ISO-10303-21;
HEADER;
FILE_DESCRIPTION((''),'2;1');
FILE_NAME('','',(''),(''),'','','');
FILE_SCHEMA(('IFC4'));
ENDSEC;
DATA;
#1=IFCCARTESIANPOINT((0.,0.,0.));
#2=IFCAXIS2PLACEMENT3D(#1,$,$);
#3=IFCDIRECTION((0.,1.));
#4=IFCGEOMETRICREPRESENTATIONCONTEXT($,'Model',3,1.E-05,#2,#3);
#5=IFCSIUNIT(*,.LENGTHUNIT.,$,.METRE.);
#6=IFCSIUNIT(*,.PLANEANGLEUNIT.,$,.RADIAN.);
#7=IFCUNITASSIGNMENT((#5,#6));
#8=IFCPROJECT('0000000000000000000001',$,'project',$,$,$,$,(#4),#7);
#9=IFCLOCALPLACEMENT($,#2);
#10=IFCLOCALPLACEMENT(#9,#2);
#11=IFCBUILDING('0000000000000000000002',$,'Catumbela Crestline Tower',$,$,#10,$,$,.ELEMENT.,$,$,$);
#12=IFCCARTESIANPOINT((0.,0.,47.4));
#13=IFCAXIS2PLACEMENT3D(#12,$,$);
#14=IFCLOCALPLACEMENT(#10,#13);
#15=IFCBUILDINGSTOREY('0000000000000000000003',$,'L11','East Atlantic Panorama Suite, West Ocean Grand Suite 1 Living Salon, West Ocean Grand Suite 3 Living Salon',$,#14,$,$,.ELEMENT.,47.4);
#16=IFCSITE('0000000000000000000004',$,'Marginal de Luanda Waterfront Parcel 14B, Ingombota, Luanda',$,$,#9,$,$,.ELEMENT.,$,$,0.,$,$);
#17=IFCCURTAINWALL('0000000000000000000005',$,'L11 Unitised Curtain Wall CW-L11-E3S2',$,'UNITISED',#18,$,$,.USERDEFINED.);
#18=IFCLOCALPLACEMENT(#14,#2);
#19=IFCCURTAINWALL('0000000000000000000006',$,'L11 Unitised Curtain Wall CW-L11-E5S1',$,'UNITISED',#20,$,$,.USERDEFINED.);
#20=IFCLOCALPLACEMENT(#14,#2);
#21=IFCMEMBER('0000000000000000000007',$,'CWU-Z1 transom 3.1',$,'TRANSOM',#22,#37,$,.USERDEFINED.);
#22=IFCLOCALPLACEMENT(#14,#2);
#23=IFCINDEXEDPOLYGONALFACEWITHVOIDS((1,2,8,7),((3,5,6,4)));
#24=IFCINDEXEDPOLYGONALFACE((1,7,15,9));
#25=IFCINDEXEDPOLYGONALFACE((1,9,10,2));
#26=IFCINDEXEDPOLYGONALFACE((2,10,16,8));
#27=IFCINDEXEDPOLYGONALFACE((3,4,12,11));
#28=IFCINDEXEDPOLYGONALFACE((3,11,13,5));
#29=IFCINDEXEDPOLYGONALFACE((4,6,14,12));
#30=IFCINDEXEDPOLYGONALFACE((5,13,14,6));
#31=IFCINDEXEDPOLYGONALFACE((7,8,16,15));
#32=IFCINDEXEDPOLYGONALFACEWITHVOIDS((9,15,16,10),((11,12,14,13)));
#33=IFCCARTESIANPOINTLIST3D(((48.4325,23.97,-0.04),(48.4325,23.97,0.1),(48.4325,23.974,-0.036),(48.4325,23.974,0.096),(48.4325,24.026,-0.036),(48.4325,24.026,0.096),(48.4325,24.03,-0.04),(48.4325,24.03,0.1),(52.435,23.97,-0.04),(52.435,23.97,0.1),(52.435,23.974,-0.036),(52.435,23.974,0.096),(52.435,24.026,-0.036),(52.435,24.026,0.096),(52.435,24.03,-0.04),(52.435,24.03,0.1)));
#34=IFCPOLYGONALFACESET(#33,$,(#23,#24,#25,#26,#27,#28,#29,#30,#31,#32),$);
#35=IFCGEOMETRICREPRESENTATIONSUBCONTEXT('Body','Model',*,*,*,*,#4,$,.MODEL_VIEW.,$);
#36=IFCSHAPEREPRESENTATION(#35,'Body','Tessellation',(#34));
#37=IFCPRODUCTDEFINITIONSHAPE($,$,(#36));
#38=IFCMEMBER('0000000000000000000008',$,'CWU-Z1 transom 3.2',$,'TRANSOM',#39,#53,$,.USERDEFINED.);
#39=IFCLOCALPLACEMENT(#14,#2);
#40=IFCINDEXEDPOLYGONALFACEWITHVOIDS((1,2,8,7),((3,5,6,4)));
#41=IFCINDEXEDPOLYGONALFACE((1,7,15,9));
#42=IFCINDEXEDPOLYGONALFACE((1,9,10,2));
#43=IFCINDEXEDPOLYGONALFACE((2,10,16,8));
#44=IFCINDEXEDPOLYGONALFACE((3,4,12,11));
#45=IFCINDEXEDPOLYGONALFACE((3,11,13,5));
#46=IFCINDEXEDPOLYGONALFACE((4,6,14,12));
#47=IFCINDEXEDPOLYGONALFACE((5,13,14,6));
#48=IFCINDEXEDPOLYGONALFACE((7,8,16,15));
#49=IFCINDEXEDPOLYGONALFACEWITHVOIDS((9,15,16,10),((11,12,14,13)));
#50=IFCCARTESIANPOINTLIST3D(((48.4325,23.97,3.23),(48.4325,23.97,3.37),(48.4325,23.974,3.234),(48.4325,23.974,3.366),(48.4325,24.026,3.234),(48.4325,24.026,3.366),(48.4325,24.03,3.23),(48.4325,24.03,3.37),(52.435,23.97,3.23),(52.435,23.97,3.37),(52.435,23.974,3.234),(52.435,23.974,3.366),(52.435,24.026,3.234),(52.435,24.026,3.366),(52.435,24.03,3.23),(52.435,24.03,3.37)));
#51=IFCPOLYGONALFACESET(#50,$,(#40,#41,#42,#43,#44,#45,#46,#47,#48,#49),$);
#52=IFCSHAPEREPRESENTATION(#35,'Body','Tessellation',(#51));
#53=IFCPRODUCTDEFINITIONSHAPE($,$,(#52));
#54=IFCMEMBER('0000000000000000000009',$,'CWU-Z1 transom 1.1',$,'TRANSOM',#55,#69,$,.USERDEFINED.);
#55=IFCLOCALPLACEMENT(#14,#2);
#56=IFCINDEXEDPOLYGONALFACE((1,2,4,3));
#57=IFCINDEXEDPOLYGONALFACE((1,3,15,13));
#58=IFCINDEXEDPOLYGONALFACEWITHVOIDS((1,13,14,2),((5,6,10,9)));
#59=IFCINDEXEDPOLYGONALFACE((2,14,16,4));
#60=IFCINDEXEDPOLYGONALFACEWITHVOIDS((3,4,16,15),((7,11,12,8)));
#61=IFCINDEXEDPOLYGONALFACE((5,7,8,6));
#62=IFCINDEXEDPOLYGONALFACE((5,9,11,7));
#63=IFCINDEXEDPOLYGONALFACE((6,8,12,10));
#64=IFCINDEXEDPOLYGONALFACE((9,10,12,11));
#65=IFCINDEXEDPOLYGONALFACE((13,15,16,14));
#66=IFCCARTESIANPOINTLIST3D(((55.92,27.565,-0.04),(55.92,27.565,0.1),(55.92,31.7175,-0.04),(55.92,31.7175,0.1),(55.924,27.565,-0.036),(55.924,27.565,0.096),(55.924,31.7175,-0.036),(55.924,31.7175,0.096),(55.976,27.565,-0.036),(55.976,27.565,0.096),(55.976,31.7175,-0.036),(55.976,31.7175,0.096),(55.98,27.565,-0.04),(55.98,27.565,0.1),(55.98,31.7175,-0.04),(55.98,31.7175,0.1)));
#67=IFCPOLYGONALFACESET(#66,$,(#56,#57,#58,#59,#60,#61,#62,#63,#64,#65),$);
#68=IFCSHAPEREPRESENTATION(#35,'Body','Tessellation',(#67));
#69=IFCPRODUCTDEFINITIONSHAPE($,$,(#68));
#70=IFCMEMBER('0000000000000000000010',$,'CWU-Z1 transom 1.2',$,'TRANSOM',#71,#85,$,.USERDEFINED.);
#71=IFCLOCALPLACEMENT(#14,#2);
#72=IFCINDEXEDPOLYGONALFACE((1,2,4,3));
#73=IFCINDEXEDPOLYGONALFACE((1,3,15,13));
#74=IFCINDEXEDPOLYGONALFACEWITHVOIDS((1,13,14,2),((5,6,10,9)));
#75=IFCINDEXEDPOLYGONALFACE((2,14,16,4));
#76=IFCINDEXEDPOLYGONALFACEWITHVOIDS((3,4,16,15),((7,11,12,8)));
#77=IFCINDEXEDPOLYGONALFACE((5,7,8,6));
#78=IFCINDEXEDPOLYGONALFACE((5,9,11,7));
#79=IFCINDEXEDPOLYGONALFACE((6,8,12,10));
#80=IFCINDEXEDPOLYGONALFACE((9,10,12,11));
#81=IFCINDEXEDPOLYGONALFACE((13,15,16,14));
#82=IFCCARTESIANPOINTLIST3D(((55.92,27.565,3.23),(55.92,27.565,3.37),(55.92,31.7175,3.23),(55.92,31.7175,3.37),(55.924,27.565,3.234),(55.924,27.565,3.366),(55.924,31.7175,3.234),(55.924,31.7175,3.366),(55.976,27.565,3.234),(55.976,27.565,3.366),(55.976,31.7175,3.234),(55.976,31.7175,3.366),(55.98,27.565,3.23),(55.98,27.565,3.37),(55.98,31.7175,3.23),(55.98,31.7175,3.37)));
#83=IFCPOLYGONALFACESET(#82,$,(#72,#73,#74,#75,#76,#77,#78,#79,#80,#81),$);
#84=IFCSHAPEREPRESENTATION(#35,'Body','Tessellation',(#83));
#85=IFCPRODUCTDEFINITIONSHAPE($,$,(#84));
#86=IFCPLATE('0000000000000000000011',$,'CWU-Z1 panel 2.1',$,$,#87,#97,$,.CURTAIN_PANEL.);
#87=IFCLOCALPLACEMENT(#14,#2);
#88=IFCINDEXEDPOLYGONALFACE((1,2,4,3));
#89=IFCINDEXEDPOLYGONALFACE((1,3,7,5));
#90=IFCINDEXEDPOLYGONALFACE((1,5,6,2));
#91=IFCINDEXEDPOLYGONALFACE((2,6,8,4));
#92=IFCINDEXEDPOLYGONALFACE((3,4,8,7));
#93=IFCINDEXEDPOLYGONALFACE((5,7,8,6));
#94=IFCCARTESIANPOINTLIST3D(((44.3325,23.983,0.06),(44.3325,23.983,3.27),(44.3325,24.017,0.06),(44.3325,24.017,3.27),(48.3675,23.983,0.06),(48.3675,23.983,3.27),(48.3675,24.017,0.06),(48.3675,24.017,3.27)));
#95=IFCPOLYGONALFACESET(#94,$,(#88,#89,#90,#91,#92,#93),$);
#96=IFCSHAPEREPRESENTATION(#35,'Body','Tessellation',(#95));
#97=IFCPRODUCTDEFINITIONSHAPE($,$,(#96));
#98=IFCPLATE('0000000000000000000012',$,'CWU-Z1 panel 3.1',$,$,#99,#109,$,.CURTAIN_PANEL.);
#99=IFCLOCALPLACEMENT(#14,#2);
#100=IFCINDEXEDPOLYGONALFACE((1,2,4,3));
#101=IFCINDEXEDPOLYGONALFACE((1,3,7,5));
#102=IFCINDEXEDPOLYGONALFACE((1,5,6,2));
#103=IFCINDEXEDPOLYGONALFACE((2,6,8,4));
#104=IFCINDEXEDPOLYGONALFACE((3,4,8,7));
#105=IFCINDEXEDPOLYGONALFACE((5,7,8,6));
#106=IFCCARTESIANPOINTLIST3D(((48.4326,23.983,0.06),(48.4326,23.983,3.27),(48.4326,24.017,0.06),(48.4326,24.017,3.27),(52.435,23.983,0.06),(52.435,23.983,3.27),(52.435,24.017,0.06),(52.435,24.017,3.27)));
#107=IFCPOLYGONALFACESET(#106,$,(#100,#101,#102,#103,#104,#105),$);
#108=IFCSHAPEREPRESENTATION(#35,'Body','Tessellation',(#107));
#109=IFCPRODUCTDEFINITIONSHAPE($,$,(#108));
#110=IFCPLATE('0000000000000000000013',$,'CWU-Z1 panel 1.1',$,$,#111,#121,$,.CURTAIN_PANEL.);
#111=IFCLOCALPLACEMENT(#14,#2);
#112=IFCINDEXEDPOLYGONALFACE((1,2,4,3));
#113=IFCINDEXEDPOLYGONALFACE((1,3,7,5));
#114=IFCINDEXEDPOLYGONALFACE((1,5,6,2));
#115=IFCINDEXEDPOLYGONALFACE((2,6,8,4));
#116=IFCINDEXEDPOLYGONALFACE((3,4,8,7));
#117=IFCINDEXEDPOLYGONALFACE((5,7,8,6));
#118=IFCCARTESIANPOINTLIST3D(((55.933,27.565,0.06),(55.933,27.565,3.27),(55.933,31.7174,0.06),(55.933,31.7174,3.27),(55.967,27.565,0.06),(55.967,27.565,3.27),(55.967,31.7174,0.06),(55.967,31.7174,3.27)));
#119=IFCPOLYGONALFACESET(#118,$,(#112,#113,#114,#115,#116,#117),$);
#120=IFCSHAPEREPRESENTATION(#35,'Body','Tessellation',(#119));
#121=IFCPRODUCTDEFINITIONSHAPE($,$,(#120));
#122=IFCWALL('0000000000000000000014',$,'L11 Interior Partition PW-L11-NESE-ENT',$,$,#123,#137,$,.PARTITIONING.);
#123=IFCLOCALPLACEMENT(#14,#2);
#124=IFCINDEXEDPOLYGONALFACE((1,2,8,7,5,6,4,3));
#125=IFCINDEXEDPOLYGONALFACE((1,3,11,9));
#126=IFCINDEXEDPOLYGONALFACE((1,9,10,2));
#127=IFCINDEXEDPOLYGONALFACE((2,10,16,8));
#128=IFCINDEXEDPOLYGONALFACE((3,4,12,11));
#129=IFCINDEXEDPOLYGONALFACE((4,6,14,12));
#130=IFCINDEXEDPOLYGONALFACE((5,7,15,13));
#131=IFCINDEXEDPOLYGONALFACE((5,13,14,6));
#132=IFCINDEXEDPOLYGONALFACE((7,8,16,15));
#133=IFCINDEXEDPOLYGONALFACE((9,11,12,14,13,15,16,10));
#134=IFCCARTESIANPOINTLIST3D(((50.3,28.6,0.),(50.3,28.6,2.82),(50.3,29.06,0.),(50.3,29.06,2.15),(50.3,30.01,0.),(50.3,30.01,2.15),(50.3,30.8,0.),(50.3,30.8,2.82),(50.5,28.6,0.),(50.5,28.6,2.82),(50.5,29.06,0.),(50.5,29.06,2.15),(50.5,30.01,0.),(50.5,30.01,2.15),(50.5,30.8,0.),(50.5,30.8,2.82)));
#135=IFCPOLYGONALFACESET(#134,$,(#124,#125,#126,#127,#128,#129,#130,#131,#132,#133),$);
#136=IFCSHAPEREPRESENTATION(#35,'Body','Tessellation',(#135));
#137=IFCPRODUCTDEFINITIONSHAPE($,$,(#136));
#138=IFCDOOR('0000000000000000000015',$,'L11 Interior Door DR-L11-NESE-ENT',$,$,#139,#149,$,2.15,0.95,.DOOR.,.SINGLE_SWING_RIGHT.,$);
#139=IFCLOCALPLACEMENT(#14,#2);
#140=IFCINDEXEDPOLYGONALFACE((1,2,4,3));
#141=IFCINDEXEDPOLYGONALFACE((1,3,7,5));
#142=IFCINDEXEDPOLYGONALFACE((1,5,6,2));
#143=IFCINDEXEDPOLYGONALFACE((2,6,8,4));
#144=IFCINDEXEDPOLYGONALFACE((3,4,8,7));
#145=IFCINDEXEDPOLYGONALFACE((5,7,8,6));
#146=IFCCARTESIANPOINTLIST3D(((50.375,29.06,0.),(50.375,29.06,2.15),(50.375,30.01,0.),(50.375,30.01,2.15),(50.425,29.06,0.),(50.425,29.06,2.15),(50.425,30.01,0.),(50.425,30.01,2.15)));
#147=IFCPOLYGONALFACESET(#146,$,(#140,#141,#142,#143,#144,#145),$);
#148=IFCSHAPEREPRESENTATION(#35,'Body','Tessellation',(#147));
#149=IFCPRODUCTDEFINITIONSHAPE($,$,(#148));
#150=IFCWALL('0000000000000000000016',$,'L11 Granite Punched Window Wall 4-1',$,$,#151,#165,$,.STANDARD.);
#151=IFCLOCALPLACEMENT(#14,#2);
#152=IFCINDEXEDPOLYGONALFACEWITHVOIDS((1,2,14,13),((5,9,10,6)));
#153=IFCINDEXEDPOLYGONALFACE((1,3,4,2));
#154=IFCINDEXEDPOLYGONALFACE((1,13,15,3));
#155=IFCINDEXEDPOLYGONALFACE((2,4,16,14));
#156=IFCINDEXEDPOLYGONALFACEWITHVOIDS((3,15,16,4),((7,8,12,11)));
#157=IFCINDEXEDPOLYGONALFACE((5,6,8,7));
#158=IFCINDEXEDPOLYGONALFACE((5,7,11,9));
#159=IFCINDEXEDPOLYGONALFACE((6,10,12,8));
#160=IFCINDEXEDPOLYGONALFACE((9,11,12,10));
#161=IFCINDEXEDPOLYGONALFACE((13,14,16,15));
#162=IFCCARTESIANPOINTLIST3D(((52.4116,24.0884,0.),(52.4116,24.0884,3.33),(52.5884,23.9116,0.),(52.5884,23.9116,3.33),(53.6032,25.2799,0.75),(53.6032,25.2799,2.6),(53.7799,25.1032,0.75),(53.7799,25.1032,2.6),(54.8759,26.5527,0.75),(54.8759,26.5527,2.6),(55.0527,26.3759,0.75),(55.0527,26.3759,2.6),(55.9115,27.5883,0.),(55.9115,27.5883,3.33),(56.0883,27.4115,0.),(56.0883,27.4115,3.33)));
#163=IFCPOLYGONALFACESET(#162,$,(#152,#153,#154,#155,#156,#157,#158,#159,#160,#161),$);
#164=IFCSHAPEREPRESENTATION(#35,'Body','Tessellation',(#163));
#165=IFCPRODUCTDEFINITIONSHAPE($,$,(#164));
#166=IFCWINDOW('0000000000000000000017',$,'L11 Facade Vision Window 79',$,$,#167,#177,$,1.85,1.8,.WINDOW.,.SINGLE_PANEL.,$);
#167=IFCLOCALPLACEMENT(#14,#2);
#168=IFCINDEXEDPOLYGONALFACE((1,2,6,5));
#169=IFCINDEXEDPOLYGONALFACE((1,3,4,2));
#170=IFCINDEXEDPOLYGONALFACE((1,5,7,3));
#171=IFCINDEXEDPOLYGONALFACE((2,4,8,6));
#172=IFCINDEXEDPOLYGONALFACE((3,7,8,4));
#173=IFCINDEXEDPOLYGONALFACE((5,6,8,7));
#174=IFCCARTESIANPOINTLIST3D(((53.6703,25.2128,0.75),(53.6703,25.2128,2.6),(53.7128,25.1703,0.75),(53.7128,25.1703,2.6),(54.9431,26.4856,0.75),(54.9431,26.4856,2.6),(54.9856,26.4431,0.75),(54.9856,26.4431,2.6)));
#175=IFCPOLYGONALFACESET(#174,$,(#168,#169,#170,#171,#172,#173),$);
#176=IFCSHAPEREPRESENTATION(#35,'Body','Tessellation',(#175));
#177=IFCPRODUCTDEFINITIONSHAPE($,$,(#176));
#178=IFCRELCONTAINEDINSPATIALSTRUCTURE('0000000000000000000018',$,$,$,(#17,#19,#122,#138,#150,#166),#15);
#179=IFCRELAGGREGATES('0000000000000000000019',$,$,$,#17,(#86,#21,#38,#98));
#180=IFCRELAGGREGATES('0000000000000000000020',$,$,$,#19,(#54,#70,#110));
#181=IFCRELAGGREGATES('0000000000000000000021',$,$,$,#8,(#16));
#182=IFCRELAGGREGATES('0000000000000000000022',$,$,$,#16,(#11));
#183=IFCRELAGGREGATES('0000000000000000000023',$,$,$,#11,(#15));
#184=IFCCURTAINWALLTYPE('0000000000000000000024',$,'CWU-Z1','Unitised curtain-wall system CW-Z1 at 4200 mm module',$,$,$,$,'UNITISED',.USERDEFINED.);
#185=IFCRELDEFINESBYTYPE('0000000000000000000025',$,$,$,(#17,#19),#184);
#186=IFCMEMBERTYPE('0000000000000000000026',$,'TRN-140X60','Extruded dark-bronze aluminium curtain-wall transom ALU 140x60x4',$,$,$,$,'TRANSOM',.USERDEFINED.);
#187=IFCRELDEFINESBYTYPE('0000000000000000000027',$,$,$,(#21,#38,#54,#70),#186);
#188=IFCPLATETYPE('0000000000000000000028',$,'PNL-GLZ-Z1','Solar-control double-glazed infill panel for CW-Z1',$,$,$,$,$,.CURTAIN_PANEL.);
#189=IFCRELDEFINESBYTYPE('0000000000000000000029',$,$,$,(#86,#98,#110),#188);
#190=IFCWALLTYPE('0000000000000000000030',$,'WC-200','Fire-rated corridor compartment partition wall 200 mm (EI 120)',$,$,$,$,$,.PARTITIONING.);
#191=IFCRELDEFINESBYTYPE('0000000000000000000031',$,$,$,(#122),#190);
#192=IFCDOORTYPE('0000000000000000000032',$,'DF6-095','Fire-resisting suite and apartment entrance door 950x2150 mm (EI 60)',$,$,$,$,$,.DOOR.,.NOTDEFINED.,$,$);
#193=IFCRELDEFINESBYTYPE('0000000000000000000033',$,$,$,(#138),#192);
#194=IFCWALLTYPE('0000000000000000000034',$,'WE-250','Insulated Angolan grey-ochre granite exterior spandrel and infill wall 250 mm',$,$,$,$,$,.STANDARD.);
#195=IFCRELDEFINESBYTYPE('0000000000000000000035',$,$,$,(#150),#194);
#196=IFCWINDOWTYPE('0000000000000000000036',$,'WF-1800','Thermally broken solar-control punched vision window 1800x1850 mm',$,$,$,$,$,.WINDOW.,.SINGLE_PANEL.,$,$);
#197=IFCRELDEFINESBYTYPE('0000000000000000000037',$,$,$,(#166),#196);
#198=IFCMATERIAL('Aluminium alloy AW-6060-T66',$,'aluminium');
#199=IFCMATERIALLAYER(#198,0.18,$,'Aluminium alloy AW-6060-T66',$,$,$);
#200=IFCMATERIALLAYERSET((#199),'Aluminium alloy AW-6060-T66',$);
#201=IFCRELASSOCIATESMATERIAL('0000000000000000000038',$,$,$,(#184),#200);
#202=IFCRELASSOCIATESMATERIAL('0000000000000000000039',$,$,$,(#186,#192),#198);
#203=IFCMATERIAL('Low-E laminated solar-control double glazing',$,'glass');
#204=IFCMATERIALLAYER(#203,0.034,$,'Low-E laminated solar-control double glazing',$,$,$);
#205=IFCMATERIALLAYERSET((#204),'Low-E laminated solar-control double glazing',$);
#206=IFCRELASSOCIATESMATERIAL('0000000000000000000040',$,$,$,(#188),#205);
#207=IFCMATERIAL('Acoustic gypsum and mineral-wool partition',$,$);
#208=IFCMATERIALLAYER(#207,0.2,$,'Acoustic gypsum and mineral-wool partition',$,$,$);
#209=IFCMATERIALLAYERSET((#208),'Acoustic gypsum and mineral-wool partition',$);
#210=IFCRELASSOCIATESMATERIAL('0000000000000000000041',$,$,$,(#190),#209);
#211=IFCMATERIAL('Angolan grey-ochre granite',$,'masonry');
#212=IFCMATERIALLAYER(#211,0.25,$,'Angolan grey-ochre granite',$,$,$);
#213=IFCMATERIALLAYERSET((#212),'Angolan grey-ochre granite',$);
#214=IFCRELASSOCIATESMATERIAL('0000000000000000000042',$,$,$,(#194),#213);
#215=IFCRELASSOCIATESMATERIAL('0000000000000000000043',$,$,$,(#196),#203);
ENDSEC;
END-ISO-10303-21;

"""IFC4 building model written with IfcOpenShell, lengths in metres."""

from ifc_helpers import new_model, si_unit, direction, frame, frame_2d, origin, origin_2d, place, context, subcontext, project, spatial, rectangle, hollow_rectangle, extrude, material, layer, layer_set, material_profile, profile_set, type_object, element, fill, aggregate, save


model = new_model("IFC4")

# Units and contexts
model_context = context("Model", 3, precision=1e-05, world=origin(), true_north=direction((0.0, 1.0)))
body_context = subcontext(model_context, "Body", "Model", "MODEL_VIEW")
ifc_project = project(units=[si_unit("LENGTHUNIT", "METRE"), si_unit("PLANEANGLEUNIT", "RADIAN")], contexts=[model_context])

# Site, building, storey
site_placement = place(None, origin())
site = spatial("IfcSite", under=ifc_project, at=site_placement, Name="Marginal de Luanda Waterfront Parcel 14B, Ingombota, Luanda", CompositionType="ELEMENT", RefElevation=0.0)
building_placement = place(site_placement, origin())
building = spatial("IfcBuilding", under=site, at=building_placement, Name="Catumbela Crestline Tower", CompositionType="ELEMENT")
storey_placement = place(building_placement, frame((0.0, 0.0, 47.4)))
storey = spatial("IfcBuildingStorey", under=building, at=storey_placement, Name="L11", Description="East Atlantic Panorama Suite, West Ocean Grand Suite 1 Living Salon, West Ocean Grand Suite 3 Living Salon", CompositionType="ELEMENT", Elevation=47.4)

# Curtain wall
ifc_material_1 = material(Name="Aluminium alloy AW-6060-T66", Category="aluminium")
ifc_layer_1 = layer(ifc_material_1, 0.18, Name="Aluminium alloy AW-6060-T66")
ifc_layer_set_1 = layer_set([ifc_layer_1], Name="Aluminium alloy AW-6060-T66")
curtain_wall_type = type_object("IfcCurtainWallType", Name="CWU-Z1", Description="Unitised curtain-wall system CW-Z1 at 4200 mm module", ElementType="UNITISED", PredefinedType="USERDEFINED", material=ifc_layer_set_1)
curtain_wall_1_placement = place(storey_placement, origin())
curtain_wall_1 = element("IfcCurtainWall", 1, at=curtain_wall_1_placement, inside=storey, type_object=curtain_wall_type, Name="L11 Unitised Curtain Wall CW-L11-E3S2", ObjectType="UNITISED", PredefinedType="USERDEFINED")

# Curtain wall
curtain_wall_2_placement = place(storey_placement, origin())
curtain_wall_2 = element("IfcCurtainWall", 2, at=curtain_wall_2_placement, inside=storey, type_object=curtain_wall_type, Name="L11 Unitised Curtain Wall CW-L11-E5S1", ObjectType="UNITISED", PredefinedType="USERDEFINED")

# Members
ifc_material_profile_1 = material_profile(ifc_material_1, hollow_rectangle(XDim=0.06, YDim=0.14, WallThickness=0.004, at=origin_2d()), Name="ALU 140x60x4")
ifc_profile_set_1 = profile_set([ifc_material_profile_1], Name="Aluminium alloy AW-6060-T66")
member_type_1 = type_object("IfcMemberType", Name="TRN-140X60", Description="Extruded dark-bronze aluminium curtain-wall transom ALU 140x60x4", ElementType="TRANSOM", PredefinedType="USERDEFINED", material=ifc_profile_set_1)
member_1_placement = place(storey_placement, frame((48.4325, 24.0, 0.03), z_axis=(1.0, 0.0, 0.0), x_axis=(0.0, 1.0, 0.0)))
member_1 = element("IfcMember", 3, at=member_1_placement, type_object=member_type_1, Name="CWU-Z1 transom 3.1", ObjectType="TRANSOM", PredefinedType="USERDEFINED", context=body_context, shape_type="SweptSolid", body=[
    extrude(hollow_rectangle(XDim=0.06, YDim=0.14, WallThickness=0.004, at=origin_2d()), origin(), (0.0, 0.0, 1.0), 4.0025),
])
member_2_placement = place(storey_placement, frame((48.4325, 24.0, 3.3), z_axis=(1.0, 0.0, 0.0), x_axis=(0.0, 1.0, 0.0)))
member_2 = element("IfcMember", 4, at=member_2_placement, type_object=member_type_1, Name="CWU-Z1 transom 3.2", ObjectType="TRANSOM", PredefinedType="USERDEFINED", context=body_context, shape_type="SweptSolid", body=[
    extrude(hollow_rectangle(XDim=0.06, YDim=0.14, WallThickness=0.004, at=origin_2d()), origin(), (0.0, 0.0, 1.0), 4.0025),
])
member_3_placement = place(storey_placement, frame((55.95, 27.565, 0.03), z_axis=(0.0, 1.0, 0.0), x_axis=(-1.0, 0.0, 0.0)))
member_3 = element("IfcMember", 5, at=member_3_placement, type_object=member_type_1, Name="CWU-Z1 transom 1.1", ObjectType="TRANSOM", PredefinedType="USERDEFINED", context=body_context, shape_type="SweptSolid", body=[
    extrude(hollow_rectangle(XDim=0.06, YDim=0.14, WallThickness=0.004, at=origin_2d()), origin(), (0.0, 0.0, 1.0), 4.1525),
])
member_4_placement = place(storey_placement, frame((55.95, 27.565, 3.3), z_axis=(0.0, 1.0, 0.0), x_axis=(-1.0, 0.0, 0.0)))
member_4 = element("IfcMember", 6, at=member_4_placement, type_object=member_type_1, Name="CWU-Z1 transom 1.2", ObjectType="TRANSOM", PredefinedType="USERDEFINED", context=body_context, shape_type="SweptSolid", body=[
    extrude(hollow_rectangle(XDim=0.06, YDim=0.14, WallThickness=0.004, at=origin_2d()), origin(), (0.0, 0.0, 1.0), 4.1525),
])

# Plates
ifc_material_2 = material(Name="Low-E laminated solar-control double glazing", Category="glass")
ifc_layer_2 = layer(ifc_material_2, 0.034, Name="Low-E laminated solar-control double glazing")
ifc_layer_set_2 = layer_set([ifc_layer_2], Name="Low-E laminated solar-control double glazing")
plate_type = type_object("IfcPlateType", Name="PNL-GLZ-Z1", Description="Solar-control double-glazed infill panel for CW-Z1", PredefinedType="CURTAIN_PANEL", material=ifc_layer_set_2)
plate_1_placement = place(storey_placement, frame((46.35, 24.0, 0.06), z_axis=(0.0, 0.0, 1.0), x_axis=(1.0, 0.0, 0.0)))
plate_1 = element("IfcPlate", 7, at=plate_1_placement, type_object=plate_type, Name="CWU-Z1 panel 2.1", PredefinedType="CURTAIN_PANEL", context=body_context, shape_type="SweptSolid", body=[
    extrude(rectangle(XDim=4.035, YDim=0.034, at=origin_2d()), origin(), (0.0, 0.0, 1.0), 3.21),
])
plate_2_placement = place(storey_placement, frame((50.4338, 24.0, 0.06), z_axis=(0.0, 0.0, 1.0), x_axis=(1.0, 0.0, 0.0)))
plate_2 = element("IfcPlate", 8, at=plate_2_placement, type_object=plate_type, Name="CWU-Z1 panel 3.1", PredefinedType="CURTAIN_PANEL", context=body_context, shape_type="SweptSolid", body=[
    extrude(rectangle(XDim=4.0025, YDim=0.034, at=origin_2d()), origin(), (0.0, 0.0, 1.0), 3.21),
])
aggregate(curtain_wall_1, [plate_1, member_1, member_2, plate_2])
plate_3_placement = place(storey_placement, frame((55.95, 29.6412, 0.06), z_axis=(0.0, 0.0, 1.0), x_axis=(0.0, 1.0, 0.0)))
plate_3 = element("IfcPlate", 9, at=plate_3_placement, type_object=plate_type, Name="CWU-Z1 panel 1.1", PredefinedType="CURTAIN_PANEL", context=body_context, shape_type="SweptSolid", body=[
    extrude(rectangle(XDim=4.1525, YDim=0.034, at=origin_2d()), origin(), (0.0, 0.0, 1.0), 3.21),
])
aggregate(curtain_wall_2, [member_3, member_4, plate_3])

# Wall, opening, door
ifc_material_3 = material(Name="Acoustic gypsum and mineral-wool partition")
ifc_layer_3 = layer(ifc_material_3, 0.2, Name="Acoustic gypsum and mineral-wool partition")
ifc_layer_set_3 = layer_set([ifc_layer_3], Name="Acoustic gypsum and mineral-wool partition")
wall_type_1 = type_object("IfcWallType", Name="WC-200", Description="Fire-rated corridor compartment partition wall 200 mm (EI 120)", PredefinedType="PARTITIONING", material=ifc_layer_set_3)
wall_1_placement = place(storey_placement, frame((50.4, 28.6, 0.0), z_axis=(0.0, 0.0, 1.0), x_axis=(0.0, 1.0, 0.0)))
wall_1 = element("IfcWall", 10, at=wall_1_placement, inside=storey, type_object=wall_type_1, Name="L11 Interior Partition PW-L11-NESE-ENT", PredefinedType="PARTITIONING", context=body_context, shape_type="SweptSolid", body=[
    extrude(rectangle(XDim=2.2, YDim=0.2, at=frame_2d((1.1, 0.0))), origin(), (0.0, 0.0, 1.0), 2.82),
])
opening_1_placement = place(wall_1_placement, frame((0.46, 0.0, 0.0)))
opening_1 = element("IfcOpeningElement", 11, at=opening_1_placement, cuts=wall_1, PredefinedType="OPENING", context=body_context, shape_type="SweptSolid", body=[
    extrude(rectangle(XDim=0.95, YDim=2.15, at=frame_2d((0.475, 1.075))), frame((0.0, 0.11, 0.0), z_axis=(0.0, -1.0, 0.0), x_axis=(1.0, 0.0, 0.0)), (0.0, 0.0, 1.0), 0.22),
])
door_type_1 = type_object("IfcDoorType", Name="DF6-095", Description="Fire-resisting suite and apartment entrance door 950x2150 mm (EI 60)", OperationType="NOTDEFINED", PredefinedType="DOOR", material=ifc_material_1)
door_1_placement = place(opening_1_placement, origin())
door_1 = element("IfcDoor", 12, at=door_1_placement, inside=storey, type_object=door_type_1, Name="L11 Interior Door DR-L11-NESE-ENT", OperationType="SINGLE_SWING_RIGHT", OverallHeight=2.15, OverallWidth=0.95, PredefinedType="DOOR", context=body_context, shape_type="SweptSolid", body=[
    extrude(rectangle(XDim=0.95, YDim=2.15, at=frame_2d((0.475, 1.075))), frame((0.0, 0.025, 0.0), z_axis=(0.0, -1.0, 0.0), x_axis=(1.0, 0.0, 0.0)), (0.0, 0.0, 1.0), 0.05),
])
fill(opening_1, door_1)

# Wall, opening, window
ifc_material_4 = material(Name="Angolan grey-ochre granite", Category="masonry")
ifc_layer_4 = layer(ifc_material_4, 0.25, Name="Angolan grey-ochre granite")
ifc_layer_set_4 = layer_set([ifc_layer_4], Name="Angolan grey-ochre granite")
wall_type_2 = type_object("IfcWallType", Name="WE-250", Description="Insulated Angolan grey-ochre granite exterior spandrel and infill wall 250 mm", PredefinedType="STANDARD", material=ifc_layer_set_4)
wall_2_placement = place(storey_placement, frame((52.5, 24.0, 0.0), z_axis=(0.0, 0.0, 1.0), x_axis=(0.707107, 0.707107, 0.0)))
wall_2 = element("IfcWall", 13, at=wall_2_placement, inside=storey, type_object=wall_type_2, Name="L11 Granite Punched Window Wall 4-1", PredefinedType="STANDARD", context=body_context, shape_type="SweptSolid", body=[
    extrude(rectangle(XDim=4.9497, YDim=0.25, at=frame_2d((2.4748, 0.0))), origin(), (0.0, 0.0, 1.0), 3.33),
])
opening_2_placement = place(wall_2_placement, frame((1.6851, 0.0, 0.75)))
opening_2 = element("IfcOpeningElement", 14, at=opening_2_placement, cuts=wall_2, PredefinedType="OPENING", context=body_context, shape_type="SweptSolid", body=[
    extrude(rectangle(XDim=1.8, YDim=1.85, at=frame_2d((0.9, 0.925))), frame((0.0, 0.135, 0.0), z_axis=(0.0, -1.0, 0.0), x_axis=(1.0, 0.0, 0.0)), (0.0, 0.0, 1.0), 0.27),
])
window_type = type_object("IfcWindowType", Name="WF-1800", Description="Thermally broken solar-control punched vision window 1800x1850 mm", PartitioningType="SINGLE_PANEL", PredefinedType="WINDOW", material=ifc_material_2)
window_placement = place(opening_2_placement, origin())
window = element("IfcWindow", 15, at=window_placement, inside=storey, type_object=window_type, Name="L11 Facade Vision Window 79", OverallHeight=1.85, OverallWidth=1.8, PartitioningType="SINGLE_PANEL", PredefinedType="WINDOW", context=body_context, shape_type="SweptSolid", body=[
    extrude(rectangle(XDim=1.8, YDim=1.85, at=frame_2d((0.9, 0.925))), frame((0.0, 0.03, 0.0), z_axis=(0.0, -1.0, 0.0), x_axis=(1.0, 0.0, 0.0)), (0.0, 0.0, 1.0), 0.06),
])
fill(opening_2, window)

save(model, "model.ifc")
